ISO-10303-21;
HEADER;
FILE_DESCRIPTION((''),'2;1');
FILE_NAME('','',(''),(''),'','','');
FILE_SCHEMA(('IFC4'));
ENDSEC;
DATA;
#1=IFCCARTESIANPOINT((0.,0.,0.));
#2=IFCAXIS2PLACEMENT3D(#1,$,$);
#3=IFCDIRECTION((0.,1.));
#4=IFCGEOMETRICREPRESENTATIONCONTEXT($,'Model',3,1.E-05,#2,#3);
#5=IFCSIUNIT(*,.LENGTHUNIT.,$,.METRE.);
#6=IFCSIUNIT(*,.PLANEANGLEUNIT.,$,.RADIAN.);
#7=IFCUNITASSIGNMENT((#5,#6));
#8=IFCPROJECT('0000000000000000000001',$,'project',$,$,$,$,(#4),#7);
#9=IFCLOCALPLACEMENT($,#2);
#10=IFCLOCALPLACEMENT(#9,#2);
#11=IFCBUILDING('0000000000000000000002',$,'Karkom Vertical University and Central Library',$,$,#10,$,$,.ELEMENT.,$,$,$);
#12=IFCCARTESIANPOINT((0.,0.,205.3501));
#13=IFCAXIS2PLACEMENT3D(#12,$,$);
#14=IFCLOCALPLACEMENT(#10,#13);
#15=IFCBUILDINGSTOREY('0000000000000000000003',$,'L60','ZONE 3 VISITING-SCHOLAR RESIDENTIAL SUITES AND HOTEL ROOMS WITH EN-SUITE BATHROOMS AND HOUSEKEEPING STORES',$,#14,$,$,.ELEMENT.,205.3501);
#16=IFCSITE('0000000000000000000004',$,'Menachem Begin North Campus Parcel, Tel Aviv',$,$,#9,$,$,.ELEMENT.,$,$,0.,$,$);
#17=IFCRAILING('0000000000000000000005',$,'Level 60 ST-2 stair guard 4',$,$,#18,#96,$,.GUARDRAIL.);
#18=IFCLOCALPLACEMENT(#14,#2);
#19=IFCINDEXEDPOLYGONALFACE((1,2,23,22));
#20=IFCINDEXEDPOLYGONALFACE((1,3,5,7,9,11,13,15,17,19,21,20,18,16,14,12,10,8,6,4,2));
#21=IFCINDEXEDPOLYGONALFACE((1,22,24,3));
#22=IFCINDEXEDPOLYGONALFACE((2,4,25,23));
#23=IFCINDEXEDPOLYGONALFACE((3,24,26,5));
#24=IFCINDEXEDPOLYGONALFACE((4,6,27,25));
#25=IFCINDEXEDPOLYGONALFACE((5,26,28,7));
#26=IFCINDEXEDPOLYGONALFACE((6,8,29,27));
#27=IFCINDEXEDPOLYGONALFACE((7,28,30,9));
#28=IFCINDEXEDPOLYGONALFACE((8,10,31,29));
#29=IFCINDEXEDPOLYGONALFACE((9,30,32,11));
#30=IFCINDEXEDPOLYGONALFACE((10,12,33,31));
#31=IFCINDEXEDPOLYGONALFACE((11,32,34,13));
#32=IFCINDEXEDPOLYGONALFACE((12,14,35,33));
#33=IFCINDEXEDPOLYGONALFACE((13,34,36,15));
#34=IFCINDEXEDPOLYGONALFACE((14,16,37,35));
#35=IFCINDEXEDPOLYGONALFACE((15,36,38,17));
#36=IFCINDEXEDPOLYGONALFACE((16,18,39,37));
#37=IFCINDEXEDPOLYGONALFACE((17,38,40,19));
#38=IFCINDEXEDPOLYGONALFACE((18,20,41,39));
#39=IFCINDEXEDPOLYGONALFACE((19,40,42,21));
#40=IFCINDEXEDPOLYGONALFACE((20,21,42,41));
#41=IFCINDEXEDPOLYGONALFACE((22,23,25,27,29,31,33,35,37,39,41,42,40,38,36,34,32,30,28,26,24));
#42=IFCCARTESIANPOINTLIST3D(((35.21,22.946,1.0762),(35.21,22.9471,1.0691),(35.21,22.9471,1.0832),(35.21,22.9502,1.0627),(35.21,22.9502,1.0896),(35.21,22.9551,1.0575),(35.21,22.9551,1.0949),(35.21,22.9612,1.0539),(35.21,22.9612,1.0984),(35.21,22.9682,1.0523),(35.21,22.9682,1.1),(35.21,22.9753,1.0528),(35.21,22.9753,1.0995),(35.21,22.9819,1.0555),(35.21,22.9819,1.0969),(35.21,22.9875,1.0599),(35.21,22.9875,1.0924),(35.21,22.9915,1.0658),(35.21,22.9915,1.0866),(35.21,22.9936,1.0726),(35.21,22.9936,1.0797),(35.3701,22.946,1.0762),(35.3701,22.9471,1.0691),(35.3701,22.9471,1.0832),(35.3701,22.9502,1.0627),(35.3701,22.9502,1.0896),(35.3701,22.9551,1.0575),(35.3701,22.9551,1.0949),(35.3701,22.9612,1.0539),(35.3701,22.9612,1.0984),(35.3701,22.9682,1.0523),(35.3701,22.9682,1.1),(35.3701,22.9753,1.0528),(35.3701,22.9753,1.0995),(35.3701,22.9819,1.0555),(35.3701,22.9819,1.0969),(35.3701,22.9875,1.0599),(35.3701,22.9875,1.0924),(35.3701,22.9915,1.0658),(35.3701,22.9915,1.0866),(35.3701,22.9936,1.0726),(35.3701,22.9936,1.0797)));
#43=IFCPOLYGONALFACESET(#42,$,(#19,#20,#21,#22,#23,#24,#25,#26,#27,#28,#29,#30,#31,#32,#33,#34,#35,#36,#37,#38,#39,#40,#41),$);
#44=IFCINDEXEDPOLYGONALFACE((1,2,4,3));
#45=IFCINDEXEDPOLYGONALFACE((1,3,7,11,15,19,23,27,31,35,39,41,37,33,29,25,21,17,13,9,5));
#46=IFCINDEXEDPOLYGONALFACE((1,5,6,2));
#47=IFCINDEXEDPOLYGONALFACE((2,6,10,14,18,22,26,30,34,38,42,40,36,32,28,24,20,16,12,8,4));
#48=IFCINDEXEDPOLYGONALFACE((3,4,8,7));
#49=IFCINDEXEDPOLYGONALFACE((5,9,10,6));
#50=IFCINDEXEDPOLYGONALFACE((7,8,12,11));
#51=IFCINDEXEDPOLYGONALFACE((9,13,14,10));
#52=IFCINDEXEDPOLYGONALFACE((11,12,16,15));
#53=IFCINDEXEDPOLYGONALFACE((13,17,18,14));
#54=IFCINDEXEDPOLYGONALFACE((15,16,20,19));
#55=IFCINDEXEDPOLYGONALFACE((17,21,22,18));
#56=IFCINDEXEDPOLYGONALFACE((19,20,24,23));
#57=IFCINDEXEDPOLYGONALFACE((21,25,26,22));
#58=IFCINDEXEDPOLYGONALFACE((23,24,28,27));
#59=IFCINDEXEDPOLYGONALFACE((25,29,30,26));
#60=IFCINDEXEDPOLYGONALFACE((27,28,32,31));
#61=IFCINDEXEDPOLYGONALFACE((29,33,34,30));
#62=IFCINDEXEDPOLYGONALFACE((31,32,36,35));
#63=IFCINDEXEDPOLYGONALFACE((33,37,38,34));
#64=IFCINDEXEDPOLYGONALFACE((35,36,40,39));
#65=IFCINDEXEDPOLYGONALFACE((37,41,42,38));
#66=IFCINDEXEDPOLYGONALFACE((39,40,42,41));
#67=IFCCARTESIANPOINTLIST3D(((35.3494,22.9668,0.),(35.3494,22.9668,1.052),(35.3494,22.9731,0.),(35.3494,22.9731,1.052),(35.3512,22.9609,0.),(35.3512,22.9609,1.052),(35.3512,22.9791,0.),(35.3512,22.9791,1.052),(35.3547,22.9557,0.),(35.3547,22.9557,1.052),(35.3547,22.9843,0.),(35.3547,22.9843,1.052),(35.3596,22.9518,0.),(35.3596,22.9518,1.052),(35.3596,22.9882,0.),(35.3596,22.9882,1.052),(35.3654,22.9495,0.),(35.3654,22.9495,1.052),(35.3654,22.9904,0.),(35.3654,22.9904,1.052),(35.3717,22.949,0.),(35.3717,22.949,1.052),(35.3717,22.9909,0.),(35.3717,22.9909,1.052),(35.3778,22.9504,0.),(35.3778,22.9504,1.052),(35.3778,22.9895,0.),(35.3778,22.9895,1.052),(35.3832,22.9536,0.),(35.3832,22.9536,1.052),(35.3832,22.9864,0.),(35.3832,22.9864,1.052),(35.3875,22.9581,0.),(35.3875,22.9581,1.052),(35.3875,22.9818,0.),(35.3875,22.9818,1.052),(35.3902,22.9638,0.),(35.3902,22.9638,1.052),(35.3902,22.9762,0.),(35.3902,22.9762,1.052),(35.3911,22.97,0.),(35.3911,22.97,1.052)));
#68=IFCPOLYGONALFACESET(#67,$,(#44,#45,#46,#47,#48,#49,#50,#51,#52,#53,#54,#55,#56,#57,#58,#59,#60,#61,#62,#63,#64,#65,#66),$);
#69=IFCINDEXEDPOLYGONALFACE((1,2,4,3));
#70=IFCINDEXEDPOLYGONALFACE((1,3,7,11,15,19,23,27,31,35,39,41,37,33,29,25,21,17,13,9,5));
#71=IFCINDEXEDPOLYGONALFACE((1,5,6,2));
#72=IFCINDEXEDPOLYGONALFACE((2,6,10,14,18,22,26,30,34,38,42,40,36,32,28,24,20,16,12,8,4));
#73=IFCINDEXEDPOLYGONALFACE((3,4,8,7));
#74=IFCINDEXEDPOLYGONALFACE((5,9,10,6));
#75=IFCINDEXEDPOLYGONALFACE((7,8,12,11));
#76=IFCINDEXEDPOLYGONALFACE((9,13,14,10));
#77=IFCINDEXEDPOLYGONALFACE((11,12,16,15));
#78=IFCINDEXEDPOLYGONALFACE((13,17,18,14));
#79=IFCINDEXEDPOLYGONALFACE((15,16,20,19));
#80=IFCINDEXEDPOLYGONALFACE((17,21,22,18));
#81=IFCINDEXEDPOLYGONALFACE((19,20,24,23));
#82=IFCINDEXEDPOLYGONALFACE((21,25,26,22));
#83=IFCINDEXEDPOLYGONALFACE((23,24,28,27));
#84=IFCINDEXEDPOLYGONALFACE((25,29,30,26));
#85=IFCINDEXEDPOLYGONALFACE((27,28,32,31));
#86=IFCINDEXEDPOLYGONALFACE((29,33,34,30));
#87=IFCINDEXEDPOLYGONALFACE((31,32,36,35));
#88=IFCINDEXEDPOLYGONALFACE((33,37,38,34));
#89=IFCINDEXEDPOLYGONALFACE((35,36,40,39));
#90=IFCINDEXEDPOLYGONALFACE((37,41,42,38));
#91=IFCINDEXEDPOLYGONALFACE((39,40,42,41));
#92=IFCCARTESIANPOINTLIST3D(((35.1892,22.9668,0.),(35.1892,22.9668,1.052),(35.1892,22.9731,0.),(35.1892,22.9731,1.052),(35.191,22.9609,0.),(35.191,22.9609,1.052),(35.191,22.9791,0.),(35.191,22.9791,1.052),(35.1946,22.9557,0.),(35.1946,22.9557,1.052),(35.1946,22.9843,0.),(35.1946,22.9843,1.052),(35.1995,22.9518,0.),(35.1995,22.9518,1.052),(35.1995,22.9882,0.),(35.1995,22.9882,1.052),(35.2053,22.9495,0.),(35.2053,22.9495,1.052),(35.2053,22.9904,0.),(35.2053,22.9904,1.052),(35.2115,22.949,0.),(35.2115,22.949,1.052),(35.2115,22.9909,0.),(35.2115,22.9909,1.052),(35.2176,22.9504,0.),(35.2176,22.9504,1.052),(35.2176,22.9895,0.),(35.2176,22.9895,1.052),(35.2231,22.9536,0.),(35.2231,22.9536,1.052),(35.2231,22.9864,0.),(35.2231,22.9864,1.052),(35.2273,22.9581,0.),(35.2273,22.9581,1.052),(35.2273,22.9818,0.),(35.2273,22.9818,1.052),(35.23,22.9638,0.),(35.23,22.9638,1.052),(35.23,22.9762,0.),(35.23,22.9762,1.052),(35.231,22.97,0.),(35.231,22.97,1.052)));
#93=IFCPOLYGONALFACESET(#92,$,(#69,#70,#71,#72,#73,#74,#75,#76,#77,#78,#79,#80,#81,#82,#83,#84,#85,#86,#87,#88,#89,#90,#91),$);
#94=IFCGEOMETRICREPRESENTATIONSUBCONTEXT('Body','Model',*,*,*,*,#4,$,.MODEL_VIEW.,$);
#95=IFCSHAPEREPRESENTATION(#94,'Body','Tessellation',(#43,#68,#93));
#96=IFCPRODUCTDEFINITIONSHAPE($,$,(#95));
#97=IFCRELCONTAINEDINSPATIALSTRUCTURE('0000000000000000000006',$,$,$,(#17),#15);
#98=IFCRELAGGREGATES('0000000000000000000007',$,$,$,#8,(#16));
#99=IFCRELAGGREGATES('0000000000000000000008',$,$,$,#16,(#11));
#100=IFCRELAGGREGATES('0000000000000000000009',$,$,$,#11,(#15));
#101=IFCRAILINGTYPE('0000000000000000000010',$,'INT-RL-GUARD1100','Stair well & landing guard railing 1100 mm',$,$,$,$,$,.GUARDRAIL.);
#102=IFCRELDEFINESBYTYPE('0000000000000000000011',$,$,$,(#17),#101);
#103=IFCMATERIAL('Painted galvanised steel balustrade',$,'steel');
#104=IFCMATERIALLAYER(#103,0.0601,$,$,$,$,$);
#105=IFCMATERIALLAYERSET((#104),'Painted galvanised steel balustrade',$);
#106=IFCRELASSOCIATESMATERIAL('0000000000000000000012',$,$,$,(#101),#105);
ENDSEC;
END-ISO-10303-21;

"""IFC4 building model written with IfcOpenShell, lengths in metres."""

from ifc_helpers import new_model, si_unit, direction, frame, origin, origin_2d, place, context, subcontext, project, spatial, circle, extrude, material, layer, layer_set, type_object, element, save


model = new_model("IFC4")

# Units and contexts
model_context = context("Model", 3, precision=1e-05, world=origin(), true_north=direction((0.0, 1.0)))
body_context = subcontext(model_context, "Body", "Model", "MODEL_VIEW")
ifc_project = project(units=[si_unit("LENGTHUNIT", "METRE"), si_unit("PLANEANGLEUNIT", "RADIAN")], contexts=[model_context])

# Site, building, storey
site_placement = place(None, origin())
site = spatial("IfcSite", under=ifc_project, at=site_placement, Name="Menachem Begin North Campus Parcel, Tel Aviv", CompositionType="ELEMENT", RefElevation=0.0)
building_placement = place(site_placement, origin())
building = spatial("IfcBuilding", under=site, at=building_placement, Name="Karkom Vertical University and Central Library", CompositionType="ELEMENT")
storey_placement = place(building_placement, frame((0.0, 0.0, 205.3501)))
storey = spatial("IfcBuildingStorey", under=building, at=storey_placement, Name="L60", Description="ZONE 3 VISITING-SCHOLAR RESIDENTIAL SUITES AND HOTEL ROOMS WITH EN-SUITE BATHROOMS AND HOUSEKEEPING STORES", CompositionType="ELEMENT", Elevation=205.3501)

# Railing
ifc_material_1 = material(Name="Painted galvanised steel balustrade", Category="steel")
ifc_layer_1 = layer(ifc_material_1, 0.0601)
ifc_layer_set_1 = layer_set([ifc_layer_1], Name="Painted galvanised steel balustrade")
railing_type = type_object("IfcRailingType", Name="INT-RL-GUARD1100", Description="Stair well & landing guard railing 1100 mm", PredefinedType="GUARDRAIL", material=ifc_layer_set_1)
railing_placement = place(storey_placement, frame((35.3701, 22.97, 0.0)))
element("IfcRailing", 1, at=railing_placement, inside=storey, type_object=railing_type, Name="Level 60 ST-2 stair guard 4", PredefinedType="GUARDRAIL", context=body_context, shape_type="SweptSolid", body=[
    extrude(circle(Radius=0.0239, at=origin_2d()), frame((0.0, 0.0, 1.0762), z_axis=(-1.0, 0.0, 0.0), x_axis=(0.0, -1.0, 0.0)), (0.0, 0.0, 1.0), 0.1602),
    extrude(circle(Radius=0.021, at=origin_2d()), origin(), (0.0, 0.0, 1.0), 1.052),
    extrude(circle(Radius=0.021, at=origin_2d()), frame((-0.1602, 0.0, 0.0)), (0.0, 0.0, 1.0), 1.052),
])

save(model, "model.ifc")
